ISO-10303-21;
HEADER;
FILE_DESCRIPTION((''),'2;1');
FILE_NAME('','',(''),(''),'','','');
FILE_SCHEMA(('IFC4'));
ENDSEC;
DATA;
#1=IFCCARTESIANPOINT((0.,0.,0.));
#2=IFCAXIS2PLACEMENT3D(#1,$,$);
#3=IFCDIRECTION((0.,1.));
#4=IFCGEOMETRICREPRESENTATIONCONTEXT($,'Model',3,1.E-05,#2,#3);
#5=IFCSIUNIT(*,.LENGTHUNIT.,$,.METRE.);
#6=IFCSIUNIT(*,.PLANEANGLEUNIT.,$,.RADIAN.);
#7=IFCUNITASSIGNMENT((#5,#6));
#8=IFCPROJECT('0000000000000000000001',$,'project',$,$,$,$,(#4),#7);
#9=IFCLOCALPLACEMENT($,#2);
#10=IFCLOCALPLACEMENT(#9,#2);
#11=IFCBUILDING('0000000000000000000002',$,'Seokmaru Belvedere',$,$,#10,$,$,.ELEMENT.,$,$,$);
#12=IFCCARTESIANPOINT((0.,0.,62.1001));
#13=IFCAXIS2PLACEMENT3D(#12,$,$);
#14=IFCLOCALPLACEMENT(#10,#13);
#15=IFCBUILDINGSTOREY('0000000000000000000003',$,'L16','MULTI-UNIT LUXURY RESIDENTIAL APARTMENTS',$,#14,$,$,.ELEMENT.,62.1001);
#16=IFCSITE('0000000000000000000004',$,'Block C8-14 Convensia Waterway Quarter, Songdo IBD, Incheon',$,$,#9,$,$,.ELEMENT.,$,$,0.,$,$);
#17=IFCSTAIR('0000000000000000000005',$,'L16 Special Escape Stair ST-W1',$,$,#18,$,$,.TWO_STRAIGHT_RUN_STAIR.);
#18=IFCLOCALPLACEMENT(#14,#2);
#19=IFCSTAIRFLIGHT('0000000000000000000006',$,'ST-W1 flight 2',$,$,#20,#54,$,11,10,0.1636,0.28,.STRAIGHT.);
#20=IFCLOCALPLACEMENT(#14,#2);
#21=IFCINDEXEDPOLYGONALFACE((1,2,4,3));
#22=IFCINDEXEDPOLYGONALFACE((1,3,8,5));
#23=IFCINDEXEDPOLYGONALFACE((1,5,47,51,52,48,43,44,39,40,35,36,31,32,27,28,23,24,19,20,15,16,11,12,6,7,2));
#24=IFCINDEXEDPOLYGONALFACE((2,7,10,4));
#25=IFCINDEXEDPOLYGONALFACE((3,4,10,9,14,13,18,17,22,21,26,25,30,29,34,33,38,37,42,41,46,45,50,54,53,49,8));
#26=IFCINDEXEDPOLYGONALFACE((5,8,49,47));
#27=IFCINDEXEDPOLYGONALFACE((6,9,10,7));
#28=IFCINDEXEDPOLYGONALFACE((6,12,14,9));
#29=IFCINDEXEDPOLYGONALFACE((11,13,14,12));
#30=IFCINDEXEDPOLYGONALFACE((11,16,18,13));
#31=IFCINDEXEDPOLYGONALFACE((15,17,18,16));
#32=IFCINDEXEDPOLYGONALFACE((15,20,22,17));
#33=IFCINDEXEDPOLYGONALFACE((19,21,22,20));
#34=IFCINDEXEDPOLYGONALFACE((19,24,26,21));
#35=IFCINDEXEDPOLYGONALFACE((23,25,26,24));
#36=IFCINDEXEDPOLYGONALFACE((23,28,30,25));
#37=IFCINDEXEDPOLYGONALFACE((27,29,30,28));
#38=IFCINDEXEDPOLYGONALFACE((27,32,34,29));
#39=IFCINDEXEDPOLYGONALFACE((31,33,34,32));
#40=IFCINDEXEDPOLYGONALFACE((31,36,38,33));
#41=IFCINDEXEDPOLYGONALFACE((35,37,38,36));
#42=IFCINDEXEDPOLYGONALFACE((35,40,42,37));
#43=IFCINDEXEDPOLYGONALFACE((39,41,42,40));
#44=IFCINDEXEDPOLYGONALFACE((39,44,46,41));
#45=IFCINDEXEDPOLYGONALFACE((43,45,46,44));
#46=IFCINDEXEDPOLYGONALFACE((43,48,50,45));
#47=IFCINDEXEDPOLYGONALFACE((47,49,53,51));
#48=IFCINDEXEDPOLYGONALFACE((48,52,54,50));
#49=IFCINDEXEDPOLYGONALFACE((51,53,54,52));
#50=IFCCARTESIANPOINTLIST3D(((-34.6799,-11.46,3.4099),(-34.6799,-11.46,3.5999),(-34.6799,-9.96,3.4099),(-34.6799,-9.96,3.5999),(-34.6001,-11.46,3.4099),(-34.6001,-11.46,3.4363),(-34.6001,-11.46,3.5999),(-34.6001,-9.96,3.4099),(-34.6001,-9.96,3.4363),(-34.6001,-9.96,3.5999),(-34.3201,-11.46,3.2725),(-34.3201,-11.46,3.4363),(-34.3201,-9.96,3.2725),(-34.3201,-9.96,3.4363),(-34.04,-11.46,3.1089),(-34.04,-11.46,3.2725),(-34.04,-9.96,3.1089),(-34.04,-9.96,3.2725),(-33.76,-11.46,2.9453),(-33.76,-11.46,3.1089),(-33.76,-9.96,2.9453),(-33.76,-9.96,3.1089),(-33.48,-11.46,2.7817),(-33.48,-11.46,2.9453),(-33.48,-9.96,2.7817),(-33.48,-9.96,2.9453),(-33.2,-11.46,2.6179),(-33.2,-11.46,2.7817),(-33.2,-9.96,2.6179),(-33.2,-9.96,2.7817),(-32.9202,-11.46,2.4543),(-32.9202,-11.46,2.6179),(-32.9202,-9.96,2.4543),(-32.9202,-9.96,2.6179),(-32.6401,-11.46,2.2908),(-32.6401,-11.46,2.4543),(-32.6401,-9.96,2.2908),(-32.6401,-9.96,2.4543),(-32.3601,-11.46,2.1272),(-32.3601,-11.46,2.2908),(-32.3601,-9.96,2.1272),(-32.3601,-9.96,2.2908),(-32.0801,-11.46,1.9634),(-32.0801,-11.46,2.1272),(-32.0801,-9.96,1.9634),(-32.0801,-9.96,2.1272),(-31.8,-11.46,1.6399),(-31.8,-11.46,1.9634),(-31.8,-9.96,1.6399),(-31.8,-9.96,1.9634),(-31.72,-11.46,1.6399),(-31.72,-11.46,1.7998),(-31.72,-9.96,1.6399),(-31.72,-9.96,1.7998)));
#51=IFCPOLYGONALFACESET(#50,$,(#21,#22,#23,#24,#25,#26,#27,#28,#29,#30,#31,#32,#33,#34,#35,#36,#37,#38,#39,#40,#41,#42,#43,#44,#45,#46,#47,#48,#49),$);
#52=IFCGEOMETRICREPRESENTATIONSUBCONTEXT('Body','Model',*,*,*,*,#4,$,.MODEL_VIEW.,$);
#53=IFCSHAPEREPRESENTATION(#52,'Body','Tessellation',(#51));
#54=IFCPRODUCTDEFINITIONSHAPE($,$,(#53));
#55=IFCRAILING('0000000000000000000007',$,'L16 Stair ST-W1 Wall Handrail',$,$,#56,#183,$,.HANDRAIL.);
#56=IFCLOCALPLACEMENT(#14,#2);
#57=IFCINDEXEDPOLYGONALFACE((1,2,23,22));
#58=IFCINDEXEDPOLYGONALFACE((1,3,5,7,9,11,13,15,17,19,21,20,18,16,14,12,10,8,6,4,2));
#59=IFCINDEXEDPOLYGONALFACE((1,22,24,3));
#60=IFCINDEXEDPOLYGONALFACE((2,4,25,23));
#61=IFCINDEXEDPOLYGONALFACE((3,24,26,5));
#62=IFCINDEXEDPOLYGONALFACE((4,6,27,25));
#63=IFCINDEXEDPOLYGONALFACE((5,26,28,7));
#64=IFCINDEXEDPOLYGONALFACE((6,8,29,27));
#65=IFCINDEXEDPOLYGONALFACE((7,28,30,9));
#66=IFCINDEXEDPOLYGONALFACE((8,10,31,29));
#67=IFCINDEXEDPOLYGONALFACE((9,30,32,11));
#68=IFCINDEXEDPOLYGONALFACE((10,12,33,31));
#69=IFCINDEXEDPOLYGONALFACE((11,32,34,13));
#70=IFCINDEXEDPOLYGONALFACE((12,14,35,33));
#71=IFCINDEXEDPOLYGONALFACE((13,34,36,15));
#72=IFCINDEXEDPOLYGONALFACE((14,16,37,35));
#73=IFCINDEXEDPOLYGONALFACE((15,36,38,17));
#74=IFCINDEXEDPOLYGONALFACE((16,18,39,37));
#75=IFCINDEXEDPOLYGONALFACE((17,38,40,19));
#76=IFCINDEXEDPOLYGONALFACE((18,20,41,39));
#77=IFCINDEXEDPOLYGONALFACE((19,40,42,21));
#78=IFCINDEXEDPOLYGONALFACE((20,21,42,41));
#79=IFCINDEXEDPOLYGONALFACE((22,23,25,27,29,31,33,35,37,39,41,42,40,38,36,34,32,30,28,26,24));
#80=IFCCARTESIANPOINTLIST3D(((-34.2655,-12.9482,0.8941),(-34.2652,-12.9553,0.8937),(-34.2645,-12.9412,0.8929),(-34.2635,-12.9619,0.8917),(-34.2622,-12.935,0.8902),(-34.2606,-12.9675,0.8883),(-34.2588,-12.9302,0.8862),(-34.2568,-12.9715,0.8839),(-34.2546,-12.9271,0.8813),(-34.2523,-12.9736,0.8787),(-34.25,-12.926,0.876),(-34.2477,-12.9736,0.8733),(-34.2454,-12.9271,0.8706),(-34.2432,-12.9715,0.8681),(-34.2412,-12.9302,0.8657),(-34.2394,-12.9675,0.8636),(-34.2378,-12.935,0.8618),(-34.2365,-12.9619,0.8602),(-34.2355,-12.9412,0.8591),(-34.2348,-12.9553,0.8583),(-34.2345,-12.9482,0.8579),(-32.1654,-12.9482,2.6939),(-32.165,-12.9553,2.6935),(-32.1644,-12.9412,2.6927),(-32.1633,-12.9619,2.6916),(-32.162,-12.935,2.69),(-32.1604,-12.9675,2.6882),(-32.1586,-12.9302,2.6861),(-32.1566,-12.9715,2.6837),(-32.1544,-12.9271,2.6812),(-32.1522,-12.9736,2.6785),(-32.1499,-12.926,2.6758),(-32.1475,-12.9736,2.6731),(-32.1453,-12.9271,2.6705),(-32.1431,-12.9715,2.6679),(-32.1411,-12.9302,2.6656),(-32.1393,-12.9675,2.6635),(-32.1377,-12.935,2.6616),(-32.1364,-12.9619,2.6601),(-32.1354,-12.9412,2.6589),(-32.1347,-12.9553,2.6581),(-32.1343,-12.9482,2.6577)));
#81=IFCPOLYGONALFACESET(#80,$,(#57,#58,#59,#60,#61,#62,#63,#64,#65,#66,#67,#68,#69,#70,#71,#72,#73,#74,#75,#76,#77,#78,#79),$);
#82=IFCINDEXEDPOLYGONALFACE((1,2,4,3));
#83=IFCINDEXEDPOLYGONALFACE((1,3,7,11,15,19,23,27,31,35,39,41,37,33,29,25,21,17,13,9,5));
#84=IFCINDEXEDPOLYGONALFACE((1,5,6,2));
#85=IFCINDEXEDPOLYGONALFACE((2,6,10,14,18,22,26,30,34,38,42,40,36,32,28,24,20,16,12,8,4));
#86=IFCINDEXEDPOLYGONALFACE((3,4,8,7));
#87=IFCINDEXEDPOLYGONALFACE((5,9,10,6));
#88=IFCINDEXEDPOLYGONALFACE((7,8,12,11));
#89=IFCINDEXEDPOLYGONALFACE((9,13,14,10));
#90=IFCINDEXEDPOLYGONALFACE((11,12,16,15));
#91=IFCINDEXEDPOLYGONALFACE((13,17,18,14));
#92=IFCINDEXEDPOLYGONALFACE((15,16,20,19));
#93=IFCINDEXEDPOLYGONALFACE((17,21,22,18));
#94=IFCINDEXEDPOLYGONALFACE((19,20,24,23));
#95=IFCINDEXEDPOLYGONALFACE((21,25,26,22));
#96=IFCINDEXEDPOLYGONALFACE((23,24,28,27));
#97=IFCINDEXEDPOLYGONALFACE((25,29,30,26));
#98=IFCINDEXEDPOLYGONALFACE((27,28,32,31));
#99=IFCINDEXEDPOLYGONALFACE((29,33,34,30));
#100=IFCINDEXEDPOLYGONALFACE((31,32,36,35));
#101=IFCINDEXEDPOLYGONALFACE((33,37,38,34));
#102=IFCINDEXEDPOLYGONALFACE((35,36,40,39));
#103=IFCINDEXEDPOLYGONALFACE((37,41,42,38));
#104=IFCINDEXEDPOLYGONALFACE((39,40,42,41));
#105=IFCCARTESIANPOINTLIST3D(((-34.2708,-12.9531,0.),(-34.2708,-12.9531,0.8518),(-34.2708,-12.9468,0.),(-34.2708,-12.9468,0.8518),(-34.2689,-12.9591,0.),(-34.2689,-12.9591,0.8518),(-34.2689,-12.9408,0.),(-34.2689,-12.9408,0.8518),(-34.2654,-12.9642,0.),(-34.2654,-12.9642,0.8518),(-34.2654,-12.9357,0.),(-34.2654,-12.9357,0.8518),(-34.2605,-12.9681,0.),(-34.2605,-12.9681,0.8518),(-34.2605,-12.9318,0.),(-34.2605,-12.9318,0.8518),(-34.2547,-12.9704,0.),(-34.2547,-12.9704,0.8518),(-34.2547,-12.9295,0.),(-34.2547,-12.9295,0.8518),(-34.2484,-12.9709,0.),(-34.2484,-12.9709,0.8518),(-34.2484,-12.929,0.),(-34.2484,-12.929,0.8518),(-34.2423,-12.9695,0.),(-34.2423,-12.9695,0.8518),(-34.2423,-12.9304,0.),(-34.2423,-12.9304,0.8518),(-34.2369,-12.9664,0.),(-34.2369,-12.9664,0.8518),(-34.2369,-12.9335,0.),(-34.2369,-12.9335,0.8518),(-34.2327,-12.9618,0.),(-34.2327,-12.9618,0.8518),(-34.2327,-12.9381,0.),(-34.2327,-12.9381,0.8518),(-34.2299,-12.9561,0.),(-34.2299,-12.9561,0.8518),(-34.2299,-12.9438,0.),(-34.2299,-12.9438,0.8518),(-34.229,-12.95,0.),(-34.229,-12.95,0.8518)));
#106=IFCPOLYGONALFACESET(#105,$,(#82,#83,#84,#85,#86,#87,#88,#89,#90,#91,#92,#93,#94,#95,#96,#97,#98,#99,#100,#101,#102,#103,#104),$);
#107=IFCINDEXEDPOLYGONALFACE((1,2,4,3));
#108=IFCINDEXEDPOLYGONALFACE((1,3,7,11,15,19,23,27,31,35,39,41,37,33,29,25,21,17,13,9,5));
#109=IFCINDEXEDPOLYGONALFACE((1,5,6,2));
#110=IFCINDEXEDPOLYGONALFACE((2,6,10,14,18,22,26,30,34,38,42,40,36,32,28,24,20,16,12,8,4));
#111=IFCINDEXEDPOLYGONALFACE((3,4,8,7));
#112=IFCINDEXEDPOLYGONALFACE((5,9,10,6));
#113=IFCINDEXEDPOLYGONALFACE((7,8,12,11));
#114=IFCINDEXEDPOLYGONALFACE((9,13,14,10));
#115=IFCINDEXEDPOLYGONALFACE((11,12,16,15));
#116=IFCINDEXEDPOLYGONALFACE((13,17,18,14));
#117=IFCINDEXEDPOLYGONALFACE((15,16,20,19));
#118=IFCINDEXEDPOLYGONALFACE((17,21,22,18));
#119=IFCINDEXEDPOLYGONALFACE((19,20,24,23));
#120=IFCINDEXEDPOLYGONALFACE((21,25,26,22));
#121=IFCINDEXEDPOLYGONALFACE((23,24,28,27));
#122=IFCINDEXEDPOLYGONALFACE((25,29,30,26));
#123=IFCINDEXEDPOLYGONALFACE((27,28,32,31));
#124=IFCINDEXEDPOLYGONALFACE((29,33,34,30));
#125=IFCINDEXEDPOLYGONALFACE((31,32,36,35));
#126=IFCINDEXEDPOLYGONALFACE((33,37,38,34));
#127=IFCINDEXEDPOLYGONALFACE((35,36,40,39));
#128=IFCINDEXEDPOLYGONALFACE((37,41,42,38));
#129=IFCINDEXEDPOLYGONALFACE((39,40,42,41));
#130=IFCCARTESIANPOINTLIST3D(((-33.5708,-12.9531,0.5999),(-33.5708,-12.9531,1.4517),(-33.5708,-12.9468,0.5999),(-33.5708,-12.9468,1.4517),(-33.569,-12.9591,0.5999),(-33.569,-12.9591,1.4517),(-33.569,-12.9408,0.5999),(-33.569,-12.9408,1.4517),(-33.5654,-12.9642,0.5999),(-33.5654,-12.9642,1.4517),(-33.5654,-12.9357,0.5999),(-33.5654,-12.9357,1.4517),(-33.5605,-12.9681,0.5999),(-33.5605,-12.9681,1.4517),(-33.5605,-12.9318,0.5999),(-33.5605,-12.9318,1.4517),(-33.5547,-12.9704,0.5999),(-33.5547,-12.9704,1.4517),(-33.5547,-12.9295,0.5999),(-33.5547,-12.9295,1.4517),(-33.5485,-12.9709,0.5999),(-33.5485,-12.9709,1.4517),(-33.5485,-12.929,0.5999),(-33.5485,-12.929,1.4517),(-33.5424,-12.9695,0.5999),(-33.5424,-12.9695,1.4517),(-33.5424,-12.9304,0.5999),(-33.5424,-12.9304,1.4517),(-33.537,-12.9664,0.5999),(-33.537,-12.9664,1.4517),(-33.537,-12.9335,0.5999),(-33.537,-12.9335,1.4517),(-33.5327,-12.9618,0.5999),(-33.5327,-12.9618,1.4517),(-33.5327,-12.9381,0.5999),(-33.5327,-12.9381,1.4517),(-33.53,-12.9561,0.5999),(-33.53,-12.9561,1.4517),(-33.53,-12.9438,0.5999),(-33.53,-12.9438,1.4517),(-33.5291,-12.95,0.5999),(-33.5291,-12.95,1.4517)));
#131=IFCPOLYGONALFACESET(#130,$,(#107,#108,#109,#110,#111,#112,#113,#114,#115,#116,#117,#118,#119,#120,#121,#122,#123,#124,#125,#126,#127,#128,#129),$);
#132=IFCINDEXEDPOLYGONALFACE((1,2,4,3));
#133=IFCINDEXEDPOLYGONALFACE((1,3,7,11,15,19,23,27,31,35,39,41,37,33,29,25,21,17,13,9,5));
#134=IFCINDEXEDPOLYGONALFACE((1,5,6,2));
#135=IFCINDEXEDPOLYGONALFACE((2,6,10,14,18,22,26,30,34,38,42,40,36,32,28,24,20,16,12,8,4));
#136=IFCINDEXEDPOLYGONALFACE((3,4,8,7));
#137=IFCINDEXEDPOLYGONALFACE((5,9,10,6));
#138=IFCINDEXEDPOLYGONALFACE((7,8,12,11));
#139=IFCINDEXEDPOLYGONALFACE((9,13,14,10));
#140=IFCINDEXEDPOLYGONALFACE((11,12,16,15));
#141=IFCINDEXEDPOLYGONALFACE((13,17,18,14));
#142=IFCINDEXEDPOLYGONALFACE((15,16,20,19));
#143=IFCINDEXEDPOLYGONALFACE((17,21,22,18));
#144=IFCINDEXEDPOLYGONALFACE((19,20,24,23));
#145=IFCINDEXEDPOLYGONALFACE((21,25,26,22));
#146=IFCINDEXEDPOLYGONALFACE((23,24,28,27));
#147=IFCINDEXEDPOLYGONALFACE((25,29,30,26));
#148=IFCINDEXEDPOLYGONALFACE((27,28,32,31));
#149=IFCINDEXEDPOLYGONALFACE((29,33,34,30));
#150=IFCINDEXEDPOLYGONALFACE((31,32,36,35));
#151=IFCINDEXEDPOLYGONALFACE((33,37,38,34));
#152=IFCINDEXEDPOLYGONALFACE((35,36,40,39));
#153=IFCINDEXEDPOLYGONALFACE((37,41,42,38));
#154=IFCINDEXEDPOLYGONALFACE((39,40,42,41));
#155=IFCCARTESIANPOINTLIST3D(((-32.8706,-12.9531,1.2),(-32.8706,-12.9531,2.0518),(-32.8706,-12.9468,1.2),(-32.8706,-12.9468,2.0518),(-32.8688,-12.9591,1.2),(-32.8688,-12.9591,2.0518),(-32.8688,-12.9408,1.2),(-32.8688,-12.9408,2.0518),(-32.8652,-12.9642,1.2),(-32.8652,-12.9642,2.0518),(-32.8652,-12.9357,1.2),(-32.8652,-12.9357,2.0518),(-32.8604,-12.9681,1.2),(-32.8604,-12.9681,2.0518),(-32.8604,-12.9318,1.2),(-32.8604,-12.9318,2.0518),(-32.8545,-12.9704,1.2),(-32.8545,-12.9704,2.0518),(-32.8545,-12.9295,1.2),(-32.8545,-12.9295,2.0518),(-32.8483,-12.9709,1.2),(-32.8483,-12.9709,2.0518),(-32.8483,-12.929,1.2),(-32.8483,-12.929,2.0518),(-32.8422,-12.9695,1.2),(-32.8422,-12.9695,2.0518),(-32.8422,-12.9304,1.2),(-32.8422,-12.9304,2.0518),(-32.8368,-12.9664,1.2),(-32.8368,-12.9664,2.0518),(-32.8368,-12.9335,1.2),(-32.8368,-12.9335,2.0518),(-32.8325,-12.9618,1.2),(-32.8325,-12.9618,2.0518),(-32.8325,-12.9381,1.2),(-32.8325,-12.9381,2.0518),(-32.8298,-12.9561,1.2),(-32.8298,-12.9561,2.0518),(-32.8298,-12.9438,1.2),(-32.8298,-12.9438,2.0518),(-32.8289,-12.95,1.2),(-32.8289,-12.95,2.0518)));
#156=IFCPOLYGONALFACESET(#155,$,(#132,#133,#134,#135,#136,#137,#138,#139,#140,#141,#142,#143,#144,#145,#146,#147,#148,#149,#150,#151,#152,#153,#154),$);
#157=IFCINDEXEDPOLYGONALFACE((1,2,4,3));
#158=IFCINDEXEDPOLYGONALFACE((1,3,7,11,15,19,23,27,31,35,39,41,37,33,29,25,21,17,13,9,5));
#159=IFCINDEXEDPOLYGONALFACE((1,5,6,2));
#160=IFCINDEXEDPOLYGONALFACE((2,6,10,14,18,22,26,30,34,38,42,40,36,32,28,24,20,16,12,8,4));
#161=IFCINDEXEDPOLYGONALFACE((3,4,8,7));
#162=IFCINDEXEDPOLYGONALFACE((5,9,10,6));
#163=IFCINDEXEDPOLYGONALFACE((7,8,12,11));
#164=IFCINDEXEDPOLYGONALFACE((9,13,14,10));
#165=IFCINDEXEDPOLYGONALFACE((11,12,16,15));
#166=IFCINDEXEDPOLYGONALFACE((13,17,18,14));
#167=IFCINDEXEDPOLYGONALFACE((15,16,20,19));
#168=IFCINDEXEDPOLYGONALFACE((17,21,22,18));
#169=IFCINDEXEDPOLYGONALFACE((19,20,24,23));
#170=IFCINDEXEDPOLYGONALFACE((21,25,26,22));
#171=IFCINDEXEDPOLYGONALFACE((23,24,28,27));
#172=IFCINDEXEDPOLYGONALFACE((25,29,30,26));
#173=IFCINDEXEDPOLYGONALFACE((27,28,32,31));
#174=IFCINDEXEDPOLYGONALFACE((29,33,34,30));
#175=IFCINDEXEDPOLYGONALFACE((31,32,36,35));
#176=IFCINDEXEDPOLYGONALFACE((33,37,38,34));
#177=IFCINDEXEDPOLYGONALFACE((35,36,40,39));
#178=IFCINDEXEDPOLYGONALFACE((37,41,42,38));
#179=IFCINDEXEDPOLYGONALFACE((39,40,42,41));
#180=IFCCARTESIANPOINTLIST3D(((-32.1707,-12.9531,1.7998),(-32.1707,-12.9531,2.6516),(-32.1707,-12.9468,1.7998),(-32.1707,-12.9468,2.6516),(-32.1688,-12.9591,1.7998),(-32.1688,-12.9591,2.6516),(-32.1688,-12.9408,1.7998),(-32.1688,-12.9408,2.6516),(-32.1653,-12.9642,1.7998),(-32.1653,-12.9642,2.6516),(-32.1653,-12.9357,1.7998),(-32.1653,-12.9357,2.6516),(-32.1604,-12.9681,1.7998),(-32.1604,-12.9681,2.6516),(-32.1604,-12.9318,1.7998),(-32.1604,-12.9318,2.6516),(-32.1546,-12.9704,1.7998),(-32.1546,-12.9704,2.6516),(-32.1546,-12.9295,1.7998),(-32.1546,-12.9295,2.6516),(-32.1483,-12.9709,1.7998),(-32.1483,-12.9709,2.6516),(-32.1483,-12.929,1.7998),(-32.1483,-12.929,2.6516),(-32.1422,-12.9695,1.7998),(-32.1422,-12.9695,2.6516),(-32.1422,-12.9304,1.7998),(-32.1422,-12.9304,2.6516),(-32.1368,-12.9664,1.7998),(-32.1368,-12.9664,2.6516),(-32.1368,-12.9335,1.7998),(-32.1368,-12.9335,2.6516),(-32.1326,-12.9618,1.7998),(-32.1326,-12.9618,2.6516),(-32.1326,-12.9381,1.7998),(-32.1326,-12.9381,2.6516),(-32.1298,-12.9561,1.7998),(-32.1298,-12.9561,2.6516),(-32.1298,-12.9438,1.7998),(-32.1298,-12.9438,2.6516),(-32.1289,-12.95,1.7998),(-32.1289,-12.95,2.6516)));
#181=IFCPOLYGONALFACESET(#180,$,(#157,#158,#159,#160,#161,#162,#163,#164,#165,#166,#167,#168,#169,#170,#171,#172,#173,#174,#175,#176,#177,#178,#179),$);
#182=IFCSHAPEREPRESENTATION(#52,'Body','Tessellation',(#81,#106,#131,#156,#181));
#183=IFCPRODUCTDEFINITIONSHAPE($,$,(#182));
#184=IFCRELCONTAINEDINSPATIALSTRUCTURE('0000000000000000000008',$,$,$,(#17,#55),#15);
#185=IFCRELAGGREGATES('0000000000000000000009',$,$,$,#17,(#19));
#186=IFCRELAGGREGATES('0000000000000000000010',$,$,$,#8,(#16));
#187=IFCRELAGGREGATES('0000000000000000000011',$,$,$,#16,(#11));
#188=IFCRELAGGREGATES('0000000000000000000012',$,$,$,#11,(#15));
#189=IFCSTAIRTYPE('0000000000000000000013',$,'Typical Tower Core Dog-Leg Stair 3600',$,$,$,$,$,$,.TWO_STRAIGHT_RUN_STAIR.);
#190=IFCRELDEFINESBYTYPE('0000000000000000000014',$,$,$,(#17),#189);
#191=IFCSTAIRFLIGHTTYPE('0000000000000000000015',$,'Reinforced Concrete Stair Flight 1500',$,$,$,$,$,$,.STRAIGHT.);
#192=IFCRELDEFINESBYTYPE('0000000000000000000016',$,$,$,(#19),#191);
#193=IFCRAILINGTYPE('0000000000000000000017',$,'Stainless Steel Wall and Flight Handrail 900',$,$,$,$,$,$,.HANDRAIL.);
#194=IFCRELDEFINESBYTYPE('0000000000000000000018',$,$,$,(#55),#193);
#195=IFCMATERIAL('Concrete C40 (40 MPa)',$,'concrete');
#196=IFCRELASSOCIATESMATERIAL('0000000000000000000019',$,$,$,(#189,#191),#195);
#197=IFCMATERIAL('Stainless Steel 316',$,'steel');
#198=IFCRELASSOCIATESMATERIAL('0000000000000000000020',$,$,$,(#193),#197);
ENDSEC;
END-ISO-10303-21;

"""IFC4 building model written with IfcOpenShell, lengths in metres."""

from ifc_helpers import new_model, si_unit, direction, frame, origin, origin_2d, place, context, subcontext, project, spatial, polyline, circle, outline, extrude, material, type_object, element, aggregate, save


model = new_model("IFC4")

# Units and contexts
model_context = context("Model", 3, precision=1e-05, world=origin(), true_north=direction((0.0, 1.0)))
body_context = subcontext(model_context, "Body", "Model", "MODEL_VIEW")
ifc_project = project(units=[si_unit("LENGTHUNIT", "METRE"), si_unit("PLANEANGLEUNIT", "RADIAN")], contexts=[model_context])

# Site, building, storey
site_placement = place(None, origin())
site = spatial("IfcSite", under=ifc_project, at=site_placement, Name="Block C8-14 Convensia Waterway Quarter, Songdo IBD, Incheon", CompositionType="ELEMENT", RefElevation=0.0)
building_placement = place(site_placement, origin())
building = spatial("IfcBuilding", under=site, at=building_placement, Name="Seokmaru Belvedere", CompositionType="ELEMENT")
storey_placement = place(building_placement, frame((0.0, 0.0, 62.1001)))
storey = spatial("IfcBuildingStorey", under=building, at=storey_placement, Name="L16", Description="MULTI-UNIT LUXURY RESIDENTIAL APARTMENTS", CompositionType="ELEMENT", Elevation=62.1001)

# Stair, stair flight
ifc_material_1 = material(Name="Concrete C40 (40 MPa)", Category="concrete")
stair_type = type_object("IfcStairType", Name="Typical Tower Core Dog-Leg Stair 3600", PredefinedType="TWO_STRAIGHT_RUN_STAIR", material=ifc_material_1)
stair_placement = place(storey_placement, origin())
stair = element("IfcStair", 1, at=stair_placement, inside=storey, type_object=stair_type, Name="L16 Special Escape Stair ST-W1", PredefinedType="TWO_STRAIGHT_RUN_STAIR")
stair_flight_type = type_object("IfcStairFlightType", Name="Reinforced Concrete Stair Flight 1500", PredefinedType="STRAIGHT", material=ifc_material_1)
stair_flight_1_placement = place(storey_placement, frame((-31.8, -10.71, 1.7998), z_axis=(0.0, 0.0, 1.0), x_axis=(-1.0, 0.0, 0.0)))
stair_flight_1 = element("IfcStairFlight", 2, at=stair_flight_1_placement, type_object=stair_flight_type, Name="ST-W1 flight 2", NumberOfRisers=11, NumberOfTreads=10, PredefinedType="STRAIGHT", RiserHeight=0.1636, TreadLength=0.28, context=body_context, shape_type="SweptSolid", body=[
    extrude(outline(polyline([(-0.0801, 0.0), (0.0, 0.1636), (0.28, 0.1636), (0.28, 0.3274), (0.5601, 0.3274), (0.5601, 0.491), (0.8401, 0.491), (0.8401, 0.6545), (1.1201, 0.6545), (1.1201, 0.8181), (1.3999, 0.8181), (1.3999, 0.9819), (1.6799, 0.9819), (1.6799, 1.1455), (1.96, 1.1455), (1.96, 1.3091), (2.24, 1.3091), (2.24, 1.4727), (2.52, 1.4727), (2.52, 1.6365), (2.8, 1.6365), (2.8, 1.8), (2.8799, 1.8), (2.8799, 1.6101), (2.8, 1.6101), (0.0, -0.1599), (-0.0801, -0.1599), (-0.0801, 0.0)])), frame((0.0, 0.75, 0.0), z_axis=(0.0, -1.0, 0.0), x_axis=(1.0, 0.0, 0.0)), (0.0, 0.0, 1.0), 1.5),
])
aggregate(stair, [stair_flight_1])

# Railing
ifc_material_2 = material(Name="Stainless Steel 316", Category="steel")
railing_type_1 = type_object("IfcRailingType", Name="Stainless Steel Wall and Flight Handrail 900", PredefinedType="HANDRAIL", material=ifc_material_2)
railing_1_placement = place(storey_placement, frame((-34.25, -12.95, 0.0)))
element("IfcRailing", 3, at=railing_1_placement, inside=storey, type_object=railing_type_1, Name="L16 Stair ST-W1 Wall Handrail", PredefinedType="HANDRAIL", context=body_context, shape_type="SweptSolid", body=[
    extrude(circle(Radius=0.0239, at=origin_2d()), frame((0.0, 0.0, 0.876), z_axis=(0.759306, 0.0, 0.650733), x_axis=(0.0, 1.0, 0.0)), (0.0, 0.0, 1.0), 2.7659),
    extrude(circle(Radius=0.021, at=origin_2d()), origin(), (0.0, 0.0, 1.0), 0.8518),
    extrude(circle(Radius=0.021, at=origin_2d()), frame((0.7, 0.0, 0.5999)), (0.0, 0.0, 1.0), 0.8518),
    extrude(circle(Radius=0.021, at=origin_2d()), frame((1.4001, 0.0, 1.2)), (0.0, 0.0, 1.0), 0.8518),
    extrude(circle(Radius=0.021, at=origin_2d()), frame((2.1001, 0.0, 1.7998)), (0.0, 0.0, 1.0), 0.8518),
])

save(model, "model.ifc")
